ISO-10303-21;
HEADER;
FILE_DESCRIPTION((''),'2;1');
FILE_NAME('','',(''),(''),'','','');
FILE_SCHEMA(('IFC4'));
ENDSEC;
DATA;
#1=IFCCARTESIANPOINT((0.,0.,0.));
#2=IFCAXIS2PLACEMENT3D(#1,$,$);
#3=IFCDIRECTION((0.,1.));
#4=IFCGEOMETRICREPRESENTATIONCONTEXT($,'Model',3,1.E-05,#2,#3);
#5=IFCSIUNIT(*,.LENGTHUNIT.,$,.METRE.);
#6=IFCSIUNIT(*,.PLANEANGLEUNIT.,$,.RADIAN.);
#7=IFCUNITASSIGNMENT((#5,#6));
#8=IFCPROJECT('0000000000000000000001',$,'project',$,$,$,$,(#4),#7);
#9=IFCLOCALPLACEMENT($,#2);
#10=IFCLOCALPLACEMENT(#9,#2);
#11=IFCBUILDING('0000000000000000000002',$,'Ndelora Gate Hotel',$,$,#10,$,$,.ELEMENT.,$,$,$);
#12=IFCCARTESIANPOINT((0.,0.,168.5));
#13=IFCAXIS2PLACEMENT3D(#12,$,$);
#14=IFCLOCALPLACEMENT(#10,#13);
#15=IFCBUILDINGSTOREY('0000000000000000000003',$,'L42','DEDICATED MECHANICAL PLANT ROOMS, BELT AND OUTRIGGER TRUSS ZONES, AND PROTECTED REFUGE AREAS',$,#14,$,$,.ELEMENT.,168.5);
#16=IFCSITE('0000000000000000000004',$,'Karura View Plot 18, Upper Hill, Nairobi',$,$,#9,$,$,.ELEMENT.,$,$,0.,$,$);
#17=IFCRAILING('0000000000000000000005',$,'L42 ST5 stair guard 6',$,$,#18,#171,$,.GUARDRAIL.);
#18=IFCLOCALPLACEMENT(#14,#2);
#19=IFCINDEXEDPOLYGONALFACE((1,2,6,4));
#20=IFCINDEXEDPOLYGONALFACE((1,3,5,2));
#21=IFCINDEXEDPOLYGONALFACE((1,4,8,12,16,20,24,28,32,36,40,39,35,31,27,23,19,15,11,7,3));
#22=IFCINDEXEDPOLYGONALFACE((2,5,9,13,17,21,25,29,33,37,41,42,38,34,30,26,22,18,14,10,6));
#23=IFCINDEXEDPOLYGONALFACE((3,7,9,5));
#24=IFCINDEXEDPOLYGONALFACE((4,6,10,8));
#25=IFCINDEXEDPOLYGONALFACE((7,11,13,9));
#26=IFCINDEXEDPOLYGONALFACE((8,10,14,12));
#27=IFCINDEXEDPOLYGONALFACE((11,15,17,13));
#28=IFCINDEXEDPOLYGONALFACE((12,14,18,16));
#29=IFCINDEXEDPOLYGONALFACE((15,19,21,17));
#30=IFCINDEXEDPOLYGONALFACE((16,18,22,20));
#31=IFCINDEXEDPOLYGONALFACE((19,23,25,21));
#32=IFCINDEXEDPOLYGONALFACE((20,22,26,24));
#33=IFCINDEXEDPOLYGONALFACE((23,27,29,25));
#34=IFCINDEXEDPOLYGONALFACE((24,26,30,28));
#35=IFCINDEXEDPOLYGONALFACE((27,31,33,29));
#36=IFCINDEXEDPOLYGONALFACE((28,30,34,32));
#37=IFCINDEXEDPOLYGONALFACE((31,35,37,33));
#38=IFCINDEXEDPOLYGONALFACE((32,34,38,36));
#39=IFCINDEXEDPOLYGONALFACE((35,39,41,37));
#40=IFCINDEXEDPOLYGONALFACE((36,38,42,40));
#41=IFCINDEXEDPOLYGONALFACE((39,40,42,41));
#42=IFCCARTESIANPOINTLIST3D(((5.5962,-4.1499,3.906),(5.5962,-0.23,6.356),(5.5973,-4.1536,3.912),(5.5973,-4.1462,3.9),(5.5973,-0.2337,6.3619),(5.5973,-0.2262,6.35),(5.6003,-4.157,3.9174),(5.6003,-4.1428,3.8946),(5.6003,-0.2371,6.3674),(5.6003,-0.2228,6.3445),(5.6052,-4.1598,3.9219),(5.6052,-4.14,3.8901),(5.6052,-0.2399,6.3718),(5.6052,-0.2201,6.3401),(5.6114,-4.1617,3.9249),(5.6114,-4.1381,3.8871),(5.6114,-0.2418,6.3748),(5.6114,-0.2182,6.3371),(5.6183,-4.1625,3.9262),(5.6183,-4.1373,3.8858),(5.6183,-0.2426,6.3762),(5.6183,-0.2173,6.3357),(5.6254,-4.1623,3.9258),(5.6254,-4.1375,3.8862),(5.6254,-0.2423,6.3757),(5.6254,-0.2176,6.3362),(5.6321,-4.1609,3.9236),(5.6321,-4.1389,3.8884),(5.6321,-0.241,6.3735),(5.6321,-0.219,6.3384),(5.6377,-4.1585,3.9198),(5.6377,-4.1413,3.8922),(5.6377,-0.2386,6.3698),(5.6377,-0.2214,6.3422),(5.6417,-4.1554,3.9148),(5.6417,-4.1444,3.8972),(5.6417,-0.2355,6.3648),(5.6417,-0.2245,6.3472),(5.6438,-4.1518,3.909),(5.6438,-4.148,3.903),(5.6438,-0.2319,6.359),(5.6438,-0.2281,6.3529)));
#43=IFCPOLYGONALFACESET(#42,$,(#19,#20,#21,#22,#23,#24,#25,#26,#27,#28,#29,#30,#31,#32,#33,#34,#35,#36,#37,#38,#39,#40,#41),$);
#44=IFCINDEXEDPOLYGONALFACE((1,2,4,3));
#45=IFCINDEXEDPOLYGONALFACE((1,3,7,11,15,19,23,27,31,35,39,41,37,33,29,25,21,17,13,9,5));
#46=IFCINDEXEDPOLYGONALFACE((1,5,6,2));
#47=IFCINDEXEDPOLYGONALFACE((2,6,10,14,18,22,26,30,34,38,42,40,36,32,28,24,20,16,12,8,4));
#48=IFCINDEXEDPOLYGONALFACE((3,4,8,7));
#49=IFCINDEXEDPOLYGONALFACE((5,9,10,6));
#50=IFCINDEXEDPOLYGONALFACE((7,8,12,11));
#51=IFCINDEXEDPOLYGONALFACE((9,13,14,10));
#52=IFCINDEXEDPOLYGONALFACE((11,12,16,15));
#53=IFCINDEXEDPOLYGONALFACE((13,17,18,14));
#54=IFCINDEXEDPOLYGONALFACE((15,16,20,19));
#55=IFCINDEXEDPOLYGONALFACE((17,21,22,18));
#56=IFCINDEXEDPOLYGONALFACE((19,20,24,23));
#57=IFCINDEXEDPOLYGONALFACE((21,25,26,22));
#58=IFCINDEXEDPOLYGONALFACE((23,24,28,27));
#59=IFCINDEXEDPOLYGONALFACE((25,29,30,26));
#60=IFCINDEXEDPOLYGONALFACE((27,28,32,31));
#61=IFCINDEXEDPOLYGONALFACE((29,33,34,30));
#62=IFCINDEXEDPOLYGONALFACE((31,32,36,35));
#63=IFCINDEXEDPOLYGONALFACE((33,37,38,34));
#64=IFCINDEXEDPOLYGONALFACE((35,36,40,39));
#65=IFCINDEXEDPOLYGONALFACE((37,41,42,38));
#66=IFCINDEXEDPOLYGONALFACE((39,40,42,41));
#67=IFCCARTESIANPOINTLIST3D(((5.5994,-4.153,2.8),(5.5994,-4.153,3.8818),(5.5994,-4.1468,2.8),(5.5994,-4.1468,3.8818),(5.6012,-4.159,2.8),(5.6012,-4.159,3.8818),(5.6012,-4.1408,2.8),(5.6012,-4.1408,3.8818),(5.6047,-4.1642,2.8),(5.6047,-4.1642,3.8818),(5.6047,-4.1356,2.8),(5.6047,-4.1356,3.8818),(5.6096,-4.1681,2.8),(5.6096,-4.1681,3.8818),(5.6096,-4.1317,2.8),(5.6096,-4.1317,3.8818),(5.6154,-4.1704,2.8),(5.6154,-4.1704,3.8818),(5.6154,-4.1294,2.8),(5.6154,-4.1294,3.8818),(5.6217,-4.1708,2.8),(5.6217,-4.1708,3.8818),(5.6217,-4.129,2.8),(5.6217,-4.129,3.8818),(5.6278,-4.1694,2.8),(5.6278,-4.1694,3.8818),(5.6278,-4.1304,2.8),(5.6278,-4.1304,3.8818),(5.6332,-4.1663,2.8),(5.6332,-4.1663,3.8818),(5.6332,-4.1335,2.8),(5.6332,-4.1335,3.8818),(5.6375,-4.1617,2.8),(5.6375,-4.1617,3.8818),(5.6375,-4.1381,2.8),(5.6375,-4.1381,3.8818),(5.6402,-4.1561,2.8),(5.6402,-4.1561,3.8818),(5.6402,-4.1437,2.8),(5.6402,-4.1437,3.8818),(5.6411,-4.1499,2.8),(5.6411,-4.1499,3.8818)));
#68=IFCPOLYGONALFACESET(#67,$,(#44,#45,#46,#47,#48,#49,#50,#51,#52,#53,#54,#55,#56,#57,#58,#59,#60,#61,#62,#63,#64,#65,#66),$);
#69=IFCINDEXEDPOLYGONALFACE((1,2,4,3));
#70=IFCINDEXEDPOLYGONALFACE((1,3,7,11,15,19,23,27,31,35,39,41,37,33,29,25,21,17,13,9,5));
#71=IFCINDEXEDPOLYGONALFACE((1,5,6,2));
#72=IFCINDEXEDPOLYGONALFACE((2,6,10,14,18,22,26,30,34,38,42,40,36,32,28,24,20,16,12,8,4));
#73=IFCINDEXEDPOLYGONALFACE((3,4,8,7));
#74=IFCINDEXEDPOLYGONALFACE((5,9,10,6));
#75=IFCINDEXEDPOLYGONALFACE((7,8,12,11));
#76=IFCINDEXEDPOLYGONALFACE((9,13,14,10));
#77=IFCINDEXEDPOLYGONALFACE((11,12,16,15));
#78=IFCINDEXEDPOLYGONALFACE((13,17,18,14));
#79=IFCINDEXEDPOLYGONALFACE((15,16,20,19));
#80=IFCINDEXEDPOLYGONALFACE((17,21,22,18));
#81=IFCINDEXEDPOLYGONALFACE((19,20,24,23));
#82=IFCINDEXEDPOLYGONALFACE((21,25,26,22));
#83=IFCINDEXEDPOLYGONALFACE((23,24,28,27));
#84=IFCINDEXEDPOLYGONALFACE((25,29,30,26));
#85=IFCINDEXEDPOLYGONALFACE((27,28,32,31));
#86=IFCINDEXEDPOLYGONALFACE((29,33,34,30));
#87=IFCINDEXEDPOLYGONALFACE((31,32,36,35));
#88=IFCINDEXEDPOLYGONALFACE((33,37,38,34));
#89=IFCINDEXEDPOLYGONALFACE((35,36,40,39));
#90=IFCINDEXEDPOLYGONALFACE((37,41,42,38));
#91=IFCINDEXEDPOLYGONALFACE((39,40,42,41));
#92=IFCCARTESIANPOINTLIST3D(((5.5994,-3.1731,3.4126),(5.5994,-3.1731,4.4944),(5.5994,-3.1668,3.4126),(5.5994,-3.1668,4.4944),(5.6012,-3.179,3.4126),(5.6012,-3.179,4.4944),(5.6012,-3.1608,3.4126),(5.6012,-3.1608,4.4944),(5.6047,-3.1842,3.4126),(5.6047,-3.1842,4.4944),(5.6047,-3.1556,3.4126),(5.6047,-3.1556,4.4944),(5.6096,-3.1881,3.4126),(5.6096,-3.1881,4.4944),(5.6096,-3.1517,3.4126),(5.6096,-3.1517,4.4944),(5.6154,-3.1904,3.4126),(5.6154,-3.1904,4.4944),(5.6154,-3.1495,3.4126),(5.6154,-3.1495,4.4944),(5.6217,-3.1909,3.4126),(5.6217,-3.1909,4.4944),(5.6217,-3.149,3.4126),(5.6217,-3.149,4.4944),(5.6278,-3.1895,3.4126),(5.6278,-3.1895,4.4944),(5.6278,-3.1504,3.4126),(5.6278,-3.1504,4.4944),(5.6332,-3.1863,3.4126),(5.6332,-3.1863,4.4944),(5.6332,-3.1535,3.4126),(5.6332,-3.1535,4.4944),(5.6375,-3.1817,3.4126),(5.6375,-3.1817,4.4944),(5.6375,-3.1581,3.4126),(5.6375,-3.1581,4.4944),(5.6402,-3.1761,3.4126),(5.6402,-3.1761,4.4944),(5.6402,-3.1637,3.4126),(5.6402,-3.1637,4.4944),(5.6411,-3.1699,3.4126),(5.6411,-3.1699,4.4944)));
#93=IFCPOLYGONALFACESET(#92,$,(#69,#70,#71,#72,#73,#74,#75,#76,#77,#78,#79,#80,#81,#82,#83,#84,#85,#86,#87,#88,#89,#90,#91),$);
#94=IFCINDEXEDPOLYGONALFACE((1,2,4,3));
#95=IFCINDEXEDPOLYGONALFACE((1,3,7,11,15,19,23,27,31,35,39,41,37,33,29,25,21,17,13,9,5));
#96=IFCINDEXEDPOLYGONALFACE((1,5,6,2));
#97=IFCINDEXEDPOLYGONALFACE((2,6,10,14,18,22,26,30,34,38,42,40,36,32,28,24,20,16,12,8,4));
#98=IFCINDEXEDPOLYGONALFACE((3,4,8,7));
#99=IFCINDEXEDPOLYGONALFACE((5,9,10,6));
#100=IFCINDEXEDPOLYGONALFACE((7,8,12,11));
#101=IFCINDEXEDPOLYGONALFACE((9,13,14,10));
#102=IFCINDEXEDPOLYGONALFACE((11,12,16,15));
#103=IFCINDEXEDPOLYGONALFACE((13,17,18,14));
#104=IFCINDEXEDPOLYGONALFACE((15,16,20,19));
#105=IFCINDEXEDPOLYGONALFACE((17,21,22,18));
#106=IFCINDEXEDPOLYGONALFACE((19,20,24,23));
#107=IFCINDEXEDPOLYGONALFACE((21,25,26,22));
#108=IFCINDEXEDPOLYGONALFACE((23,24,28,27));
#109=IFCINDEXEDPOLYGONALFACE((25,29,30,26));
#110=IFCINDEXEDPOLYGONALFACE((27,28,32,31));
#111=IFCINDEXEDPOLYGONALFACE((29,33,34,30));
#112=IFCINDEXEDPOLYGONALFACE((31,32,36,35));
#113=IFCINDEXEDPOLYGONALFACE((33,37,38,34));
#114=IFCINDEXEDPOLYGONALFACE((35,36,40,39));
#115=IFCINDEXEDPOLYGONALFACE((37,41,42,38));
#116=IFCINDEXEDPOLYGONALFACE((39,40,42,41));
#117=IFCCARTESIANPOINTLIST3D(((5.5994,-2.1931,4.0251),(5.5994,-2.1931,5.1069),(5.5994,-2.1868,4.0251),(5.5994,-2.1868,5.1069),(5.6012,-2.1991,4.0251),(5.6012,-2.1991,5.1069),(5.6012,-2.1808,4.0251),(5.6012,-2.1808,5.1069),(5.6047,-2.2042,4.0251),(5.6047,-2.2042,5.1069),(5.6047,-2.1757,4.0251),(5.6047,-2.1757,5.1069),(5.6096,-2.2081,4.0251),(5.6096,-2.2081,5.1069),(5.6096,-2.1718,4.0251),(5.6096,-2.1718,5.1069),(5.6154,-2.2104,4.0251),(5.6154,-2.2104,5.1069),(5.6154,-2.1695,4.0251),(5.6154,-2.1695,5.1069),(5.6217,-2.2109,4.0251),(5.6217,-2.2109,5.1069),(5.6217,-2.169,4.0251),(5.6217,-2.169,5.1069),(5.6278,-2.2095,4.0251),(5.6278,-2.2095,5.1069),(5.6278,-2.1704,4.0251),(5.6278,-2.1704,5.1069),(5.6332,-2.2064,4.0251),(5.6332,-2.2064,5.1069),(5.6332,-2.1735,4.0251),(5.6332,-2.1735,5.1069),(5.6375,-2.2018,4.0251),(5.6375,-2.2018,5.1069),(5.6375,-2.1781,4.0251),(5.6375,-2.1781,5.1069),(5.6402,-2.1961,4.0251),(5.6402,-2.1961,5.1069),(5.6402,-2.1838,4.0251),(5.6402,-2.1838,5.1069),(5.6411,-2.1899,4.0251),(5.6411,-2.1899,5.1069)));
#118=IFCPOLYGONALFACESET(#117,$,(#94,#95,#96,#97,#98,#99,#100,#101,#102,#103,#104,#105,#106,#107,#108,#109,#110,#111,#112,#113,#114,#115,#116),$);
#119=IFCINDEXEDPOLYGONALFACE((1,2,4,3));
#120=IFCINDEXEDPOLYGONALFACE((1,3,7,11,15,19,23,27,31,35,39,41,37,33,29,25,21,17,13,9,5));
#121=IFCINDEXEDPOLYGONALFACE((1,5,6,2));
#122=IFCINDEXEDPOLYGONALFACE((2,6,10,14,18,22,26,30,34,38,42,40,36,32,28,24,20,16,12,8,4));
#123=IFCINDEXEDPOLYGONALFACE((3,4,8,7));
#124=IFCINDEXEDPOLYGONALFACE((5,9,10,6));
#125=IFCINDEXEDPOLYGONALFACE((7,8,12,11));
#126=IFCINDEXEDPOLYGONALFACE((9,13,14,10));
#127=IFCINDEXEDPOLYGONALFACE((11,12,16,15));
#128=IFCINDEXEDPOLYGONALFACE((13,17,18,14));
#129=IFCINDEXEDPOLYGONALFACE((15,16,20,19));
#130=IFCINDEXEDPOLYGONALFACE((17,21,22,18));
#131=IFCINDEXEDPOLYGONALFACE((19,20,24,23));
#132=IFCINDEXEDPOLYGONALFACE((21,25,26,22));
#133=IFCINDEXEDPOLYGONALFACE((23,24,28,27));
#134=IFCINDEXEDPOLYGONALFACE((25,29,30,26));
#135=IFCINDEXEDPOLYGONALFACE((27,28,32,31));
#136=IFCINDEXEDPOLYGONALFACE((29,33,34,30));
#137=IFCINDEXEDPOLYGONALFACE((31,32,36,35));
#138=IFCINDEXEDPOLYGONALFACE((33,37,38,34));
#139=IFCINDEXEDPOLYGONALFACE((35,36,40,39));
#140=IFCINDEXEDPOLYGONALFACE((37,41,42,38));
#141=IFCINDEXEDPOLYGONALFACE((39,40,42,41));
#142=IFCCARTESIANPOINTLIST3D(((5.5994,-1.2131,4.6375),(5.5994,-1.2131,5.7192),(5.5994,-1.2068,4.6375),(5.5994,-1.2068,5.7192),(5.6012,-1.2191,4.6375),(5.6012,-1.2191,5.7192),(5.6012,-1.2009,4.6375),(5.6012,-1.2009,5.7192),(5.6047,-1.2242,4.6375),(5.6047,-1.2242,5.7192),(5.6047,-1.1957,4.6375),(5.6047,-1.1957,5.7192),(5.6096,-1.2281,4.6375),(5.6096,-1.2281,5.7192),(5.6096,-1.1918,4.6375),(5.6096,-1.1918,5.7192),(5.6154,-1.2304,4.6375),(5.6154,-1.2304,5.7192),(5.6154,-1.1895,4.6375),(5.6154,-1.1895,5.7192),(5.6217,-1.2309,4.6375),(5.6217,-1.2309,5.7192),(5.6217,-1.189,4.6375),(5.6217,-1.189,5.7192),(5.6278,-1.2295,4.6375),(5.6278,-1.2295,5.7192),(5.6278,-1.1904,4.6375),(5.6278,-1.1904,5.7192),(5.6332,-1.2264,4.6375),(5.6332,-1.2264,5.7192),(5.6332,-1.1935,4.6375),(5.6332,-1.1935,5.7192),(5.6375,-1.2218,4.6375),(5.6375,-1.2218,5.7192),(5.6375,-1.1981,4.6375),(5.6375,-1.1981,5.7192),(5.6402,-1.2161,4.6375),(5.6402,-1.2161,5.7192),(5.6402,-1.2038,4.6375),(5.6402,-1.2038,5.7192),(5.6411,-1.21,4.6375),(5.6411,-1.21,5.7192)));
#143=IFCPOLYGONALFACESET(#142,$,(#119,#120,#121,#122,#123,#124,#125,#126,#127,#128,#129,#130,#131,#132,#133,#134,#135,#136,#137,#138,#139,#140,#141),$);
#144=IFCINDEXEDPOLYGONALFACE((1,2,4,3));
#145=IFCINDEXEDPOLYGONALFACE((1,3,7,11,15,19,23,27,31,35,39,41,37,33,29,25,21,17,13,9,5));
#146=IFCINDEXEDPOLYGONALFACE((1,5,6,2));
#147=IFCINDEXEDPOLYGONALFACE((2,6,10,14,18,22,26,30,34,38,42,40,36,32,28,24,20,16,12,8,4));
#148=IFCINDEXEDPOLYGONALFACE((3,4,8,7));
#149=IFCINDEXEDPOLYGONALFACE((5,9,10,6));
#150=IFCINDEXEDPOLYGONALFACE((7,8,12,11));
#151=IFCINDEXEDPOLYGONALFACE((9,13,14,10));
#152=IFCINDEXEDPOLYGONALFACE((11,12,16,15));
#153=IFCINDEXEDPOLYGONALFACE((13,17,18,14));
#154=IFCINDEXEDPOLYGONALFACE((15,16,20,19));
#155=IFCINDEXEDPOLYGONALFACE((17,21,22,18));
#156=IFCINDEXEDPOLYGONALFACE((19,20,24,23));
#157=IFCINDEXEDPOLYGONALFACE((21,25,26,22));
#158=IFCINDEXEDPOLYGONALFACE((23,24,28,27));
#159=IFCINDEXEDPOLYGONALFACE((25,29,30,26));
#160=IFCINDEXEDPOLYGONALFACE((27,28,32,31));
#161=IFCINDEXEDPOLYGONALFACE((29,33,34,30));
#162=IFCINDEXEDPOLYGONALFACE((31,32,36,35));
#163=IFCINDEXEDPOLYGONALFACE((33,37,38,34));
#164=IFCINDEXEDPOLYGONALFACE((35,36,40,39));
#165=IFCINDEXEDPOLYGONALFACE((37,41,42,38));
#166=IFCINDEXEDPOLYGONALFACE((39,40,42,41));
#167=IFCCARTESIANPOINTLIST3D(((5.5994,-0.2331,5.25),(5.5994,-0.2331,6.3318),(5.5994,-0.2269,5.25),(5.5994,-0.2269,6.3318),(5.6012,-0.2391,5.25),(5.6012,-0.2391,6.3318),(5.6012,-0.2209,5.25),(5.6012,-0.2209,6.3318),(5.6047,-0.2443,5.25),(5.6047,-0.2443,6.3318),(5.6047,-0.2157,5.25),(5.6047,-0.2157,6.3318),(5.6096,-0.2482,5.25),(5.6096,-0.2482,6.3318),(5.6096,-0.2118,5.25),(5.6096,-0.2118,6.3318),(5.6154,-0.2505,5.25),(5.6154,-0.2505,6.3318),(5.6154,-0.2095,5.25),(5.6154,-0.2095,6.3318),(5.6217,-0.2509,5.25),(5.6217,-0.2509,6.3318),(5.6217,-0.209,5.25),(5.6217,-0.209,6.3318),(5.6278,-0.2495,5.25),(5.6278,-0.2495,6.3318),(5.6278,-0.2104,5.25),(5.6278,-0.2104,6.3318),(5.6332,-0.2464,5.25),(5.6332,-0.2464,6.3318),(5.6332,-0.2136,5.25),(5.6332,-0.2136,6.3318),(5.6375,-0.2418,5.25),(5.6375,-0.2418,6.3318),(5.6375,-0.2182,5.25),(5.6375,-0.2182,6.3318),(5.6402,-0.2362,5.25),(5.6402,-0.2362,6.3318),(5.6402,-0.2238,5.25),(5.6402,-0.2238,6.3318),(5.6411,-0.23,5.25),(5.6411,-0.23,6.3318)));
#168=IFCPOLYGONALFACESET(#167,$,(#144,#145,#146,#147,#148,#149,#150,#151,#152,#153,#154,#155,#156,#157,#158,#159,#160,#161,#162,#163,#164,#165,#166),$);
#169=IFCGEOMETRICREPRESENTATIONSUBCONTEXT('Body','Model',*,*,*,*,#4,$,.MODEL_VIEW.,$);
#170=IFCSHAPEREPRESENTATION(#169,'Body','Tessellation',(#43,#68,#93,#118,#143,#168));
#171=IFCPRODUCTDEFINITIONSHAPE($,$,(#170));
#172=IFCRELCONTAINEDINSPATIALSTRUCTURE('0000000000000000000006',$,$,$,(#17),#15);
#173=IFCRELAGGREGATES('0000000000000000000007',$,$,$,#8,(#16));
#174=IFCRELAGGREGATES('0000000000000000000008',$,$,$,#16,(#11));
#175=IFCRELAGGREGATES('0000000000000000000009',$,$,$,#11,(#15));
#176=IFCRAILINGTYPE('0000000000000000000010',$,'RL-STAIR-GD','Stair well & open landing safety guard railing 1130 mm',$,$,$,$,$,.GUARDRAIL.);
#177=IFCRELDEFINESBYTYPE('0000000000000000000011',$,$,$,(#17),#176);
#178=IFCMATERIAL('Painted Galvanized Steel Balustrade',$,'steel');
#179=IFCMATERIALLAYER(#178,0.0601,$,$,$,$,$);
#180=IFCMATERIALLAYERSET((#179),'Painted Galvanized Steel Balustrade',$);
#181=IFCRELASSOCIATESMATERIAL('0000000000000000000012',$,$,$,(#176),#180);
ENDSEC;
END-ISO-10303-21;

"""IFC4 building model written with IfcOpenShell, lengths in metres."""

from ifc_helpers import new_model, si_unit, direction, frame, origin, origin_2d, place, context, subcontext, project, spatial, circle, extrude, material, layer, layer_set, type_object, element, save


model = new_model("IFC4")

# Units and contexts
model_context = context("Model", 3, precision=1e-05, world=origin(), true_north=direction((0.0, 1.0)))
body_context = subcontext(model_context, "Body", "Model", "MODEL_VIEW")
ifc_project = project(units=[si_unit("LENGTHUNIT", "METRE"), si_unit("PLANEANGLEUNIT", "RADIAN")], contexts=[model_context])

# Site, building, storey
site_placement = place(None, origin())
site = spatial("IfcSite", under=ifc_project, at=site_placement, Name="Karura View Plot 18, Upper Hill, Nairobi", CompositionType="ELEMENT", RefElevation=0.0)
building_placement = place(site_placement, origin())
building = spatial("IfcBuilding", under=site, at=building_placement, Name="Ndelora Gate Hotel", CompositionType="ELEMENT")
storey_placement = place(building_placement, frame((0.0, 0.0, 168.5)))
storey = spatial("IfcBuildingStorey", under=building, at=storey_placement, Name="L42", Description="DEDICATED MECHANICAL PLANT ROOMS, BELT AND OUTRIGGER TRUSS ZONES, AND PROTECTED REFUGE AREAS", CompositionType="ELEMENT", Elevation=168.5)

# Railing
ifc_material_1 = material(Name="Painted Galvanized Steel Balustrade", Category="steel")
ifc_layer_1 = layer(ifc_material_1, 0.0601)
ifc_layer_set_1 = layer_set([ifc_layer_1], Name="Painted Galvanized Steel Balustrade")
railing_type_1 = type_object("IfcRailingType", Name="RL-STAIR-GD", Description="Stair well & open landing safety guard railing 1130 mm", PredefinedType="GUARDRAIL", material=ifc_layer_set_1)
railing_1_placement = place(storey_placement, frame((5.6201, -4.1499, 2.8)))
element("IfcRailing", 1, at=railing_1_placement, inside=storey, type_object=railing_type_1, Name="L42 ST5 stair guard 6", PredefinedType="GUARDRAIL", context=body_context, shape_type="SweptSolid", body=[
    extrude(circle(Radius=0.0239, at=origin_2d()), frame((0.0, 0.0, 1.106), z_axis=(0.0, 0.847998, 0.529999), x_axis=(-1.0, 0.0, 0.0)), (0.0, 0.0, 1.0), 4.6226),
    extrude(circle(Radius=0.021, at=origin_2d()), origin(), (0.0, 0.0, 1.0), 1.0818),
    extrude(circle(Radius=0.021, at=origin_2d()), frame((0.0, 0.98, 0.6125)), (0.0, 0.0, 1.0), 1.0818),
    extrude(circle(Radius=0.021, at=origin_2d()), frame((0.0, 1.96, 1.2251)), (0.0, 0.0, 1.0), 1.0818),
    extrude(circle(Radius=0.021, at=origin_2d()), frame((0.0, 2.9399, 1.8374)), (0.0, 0.0, 1.0), 1.0818),
    extrude(circle(Radius=0.021, at=origin_2d()), frame((0.0, 3.9199, 2.45)), (0.0, 0.0, 1.0), 1.0818),
])

save(model, "model.ifc")
